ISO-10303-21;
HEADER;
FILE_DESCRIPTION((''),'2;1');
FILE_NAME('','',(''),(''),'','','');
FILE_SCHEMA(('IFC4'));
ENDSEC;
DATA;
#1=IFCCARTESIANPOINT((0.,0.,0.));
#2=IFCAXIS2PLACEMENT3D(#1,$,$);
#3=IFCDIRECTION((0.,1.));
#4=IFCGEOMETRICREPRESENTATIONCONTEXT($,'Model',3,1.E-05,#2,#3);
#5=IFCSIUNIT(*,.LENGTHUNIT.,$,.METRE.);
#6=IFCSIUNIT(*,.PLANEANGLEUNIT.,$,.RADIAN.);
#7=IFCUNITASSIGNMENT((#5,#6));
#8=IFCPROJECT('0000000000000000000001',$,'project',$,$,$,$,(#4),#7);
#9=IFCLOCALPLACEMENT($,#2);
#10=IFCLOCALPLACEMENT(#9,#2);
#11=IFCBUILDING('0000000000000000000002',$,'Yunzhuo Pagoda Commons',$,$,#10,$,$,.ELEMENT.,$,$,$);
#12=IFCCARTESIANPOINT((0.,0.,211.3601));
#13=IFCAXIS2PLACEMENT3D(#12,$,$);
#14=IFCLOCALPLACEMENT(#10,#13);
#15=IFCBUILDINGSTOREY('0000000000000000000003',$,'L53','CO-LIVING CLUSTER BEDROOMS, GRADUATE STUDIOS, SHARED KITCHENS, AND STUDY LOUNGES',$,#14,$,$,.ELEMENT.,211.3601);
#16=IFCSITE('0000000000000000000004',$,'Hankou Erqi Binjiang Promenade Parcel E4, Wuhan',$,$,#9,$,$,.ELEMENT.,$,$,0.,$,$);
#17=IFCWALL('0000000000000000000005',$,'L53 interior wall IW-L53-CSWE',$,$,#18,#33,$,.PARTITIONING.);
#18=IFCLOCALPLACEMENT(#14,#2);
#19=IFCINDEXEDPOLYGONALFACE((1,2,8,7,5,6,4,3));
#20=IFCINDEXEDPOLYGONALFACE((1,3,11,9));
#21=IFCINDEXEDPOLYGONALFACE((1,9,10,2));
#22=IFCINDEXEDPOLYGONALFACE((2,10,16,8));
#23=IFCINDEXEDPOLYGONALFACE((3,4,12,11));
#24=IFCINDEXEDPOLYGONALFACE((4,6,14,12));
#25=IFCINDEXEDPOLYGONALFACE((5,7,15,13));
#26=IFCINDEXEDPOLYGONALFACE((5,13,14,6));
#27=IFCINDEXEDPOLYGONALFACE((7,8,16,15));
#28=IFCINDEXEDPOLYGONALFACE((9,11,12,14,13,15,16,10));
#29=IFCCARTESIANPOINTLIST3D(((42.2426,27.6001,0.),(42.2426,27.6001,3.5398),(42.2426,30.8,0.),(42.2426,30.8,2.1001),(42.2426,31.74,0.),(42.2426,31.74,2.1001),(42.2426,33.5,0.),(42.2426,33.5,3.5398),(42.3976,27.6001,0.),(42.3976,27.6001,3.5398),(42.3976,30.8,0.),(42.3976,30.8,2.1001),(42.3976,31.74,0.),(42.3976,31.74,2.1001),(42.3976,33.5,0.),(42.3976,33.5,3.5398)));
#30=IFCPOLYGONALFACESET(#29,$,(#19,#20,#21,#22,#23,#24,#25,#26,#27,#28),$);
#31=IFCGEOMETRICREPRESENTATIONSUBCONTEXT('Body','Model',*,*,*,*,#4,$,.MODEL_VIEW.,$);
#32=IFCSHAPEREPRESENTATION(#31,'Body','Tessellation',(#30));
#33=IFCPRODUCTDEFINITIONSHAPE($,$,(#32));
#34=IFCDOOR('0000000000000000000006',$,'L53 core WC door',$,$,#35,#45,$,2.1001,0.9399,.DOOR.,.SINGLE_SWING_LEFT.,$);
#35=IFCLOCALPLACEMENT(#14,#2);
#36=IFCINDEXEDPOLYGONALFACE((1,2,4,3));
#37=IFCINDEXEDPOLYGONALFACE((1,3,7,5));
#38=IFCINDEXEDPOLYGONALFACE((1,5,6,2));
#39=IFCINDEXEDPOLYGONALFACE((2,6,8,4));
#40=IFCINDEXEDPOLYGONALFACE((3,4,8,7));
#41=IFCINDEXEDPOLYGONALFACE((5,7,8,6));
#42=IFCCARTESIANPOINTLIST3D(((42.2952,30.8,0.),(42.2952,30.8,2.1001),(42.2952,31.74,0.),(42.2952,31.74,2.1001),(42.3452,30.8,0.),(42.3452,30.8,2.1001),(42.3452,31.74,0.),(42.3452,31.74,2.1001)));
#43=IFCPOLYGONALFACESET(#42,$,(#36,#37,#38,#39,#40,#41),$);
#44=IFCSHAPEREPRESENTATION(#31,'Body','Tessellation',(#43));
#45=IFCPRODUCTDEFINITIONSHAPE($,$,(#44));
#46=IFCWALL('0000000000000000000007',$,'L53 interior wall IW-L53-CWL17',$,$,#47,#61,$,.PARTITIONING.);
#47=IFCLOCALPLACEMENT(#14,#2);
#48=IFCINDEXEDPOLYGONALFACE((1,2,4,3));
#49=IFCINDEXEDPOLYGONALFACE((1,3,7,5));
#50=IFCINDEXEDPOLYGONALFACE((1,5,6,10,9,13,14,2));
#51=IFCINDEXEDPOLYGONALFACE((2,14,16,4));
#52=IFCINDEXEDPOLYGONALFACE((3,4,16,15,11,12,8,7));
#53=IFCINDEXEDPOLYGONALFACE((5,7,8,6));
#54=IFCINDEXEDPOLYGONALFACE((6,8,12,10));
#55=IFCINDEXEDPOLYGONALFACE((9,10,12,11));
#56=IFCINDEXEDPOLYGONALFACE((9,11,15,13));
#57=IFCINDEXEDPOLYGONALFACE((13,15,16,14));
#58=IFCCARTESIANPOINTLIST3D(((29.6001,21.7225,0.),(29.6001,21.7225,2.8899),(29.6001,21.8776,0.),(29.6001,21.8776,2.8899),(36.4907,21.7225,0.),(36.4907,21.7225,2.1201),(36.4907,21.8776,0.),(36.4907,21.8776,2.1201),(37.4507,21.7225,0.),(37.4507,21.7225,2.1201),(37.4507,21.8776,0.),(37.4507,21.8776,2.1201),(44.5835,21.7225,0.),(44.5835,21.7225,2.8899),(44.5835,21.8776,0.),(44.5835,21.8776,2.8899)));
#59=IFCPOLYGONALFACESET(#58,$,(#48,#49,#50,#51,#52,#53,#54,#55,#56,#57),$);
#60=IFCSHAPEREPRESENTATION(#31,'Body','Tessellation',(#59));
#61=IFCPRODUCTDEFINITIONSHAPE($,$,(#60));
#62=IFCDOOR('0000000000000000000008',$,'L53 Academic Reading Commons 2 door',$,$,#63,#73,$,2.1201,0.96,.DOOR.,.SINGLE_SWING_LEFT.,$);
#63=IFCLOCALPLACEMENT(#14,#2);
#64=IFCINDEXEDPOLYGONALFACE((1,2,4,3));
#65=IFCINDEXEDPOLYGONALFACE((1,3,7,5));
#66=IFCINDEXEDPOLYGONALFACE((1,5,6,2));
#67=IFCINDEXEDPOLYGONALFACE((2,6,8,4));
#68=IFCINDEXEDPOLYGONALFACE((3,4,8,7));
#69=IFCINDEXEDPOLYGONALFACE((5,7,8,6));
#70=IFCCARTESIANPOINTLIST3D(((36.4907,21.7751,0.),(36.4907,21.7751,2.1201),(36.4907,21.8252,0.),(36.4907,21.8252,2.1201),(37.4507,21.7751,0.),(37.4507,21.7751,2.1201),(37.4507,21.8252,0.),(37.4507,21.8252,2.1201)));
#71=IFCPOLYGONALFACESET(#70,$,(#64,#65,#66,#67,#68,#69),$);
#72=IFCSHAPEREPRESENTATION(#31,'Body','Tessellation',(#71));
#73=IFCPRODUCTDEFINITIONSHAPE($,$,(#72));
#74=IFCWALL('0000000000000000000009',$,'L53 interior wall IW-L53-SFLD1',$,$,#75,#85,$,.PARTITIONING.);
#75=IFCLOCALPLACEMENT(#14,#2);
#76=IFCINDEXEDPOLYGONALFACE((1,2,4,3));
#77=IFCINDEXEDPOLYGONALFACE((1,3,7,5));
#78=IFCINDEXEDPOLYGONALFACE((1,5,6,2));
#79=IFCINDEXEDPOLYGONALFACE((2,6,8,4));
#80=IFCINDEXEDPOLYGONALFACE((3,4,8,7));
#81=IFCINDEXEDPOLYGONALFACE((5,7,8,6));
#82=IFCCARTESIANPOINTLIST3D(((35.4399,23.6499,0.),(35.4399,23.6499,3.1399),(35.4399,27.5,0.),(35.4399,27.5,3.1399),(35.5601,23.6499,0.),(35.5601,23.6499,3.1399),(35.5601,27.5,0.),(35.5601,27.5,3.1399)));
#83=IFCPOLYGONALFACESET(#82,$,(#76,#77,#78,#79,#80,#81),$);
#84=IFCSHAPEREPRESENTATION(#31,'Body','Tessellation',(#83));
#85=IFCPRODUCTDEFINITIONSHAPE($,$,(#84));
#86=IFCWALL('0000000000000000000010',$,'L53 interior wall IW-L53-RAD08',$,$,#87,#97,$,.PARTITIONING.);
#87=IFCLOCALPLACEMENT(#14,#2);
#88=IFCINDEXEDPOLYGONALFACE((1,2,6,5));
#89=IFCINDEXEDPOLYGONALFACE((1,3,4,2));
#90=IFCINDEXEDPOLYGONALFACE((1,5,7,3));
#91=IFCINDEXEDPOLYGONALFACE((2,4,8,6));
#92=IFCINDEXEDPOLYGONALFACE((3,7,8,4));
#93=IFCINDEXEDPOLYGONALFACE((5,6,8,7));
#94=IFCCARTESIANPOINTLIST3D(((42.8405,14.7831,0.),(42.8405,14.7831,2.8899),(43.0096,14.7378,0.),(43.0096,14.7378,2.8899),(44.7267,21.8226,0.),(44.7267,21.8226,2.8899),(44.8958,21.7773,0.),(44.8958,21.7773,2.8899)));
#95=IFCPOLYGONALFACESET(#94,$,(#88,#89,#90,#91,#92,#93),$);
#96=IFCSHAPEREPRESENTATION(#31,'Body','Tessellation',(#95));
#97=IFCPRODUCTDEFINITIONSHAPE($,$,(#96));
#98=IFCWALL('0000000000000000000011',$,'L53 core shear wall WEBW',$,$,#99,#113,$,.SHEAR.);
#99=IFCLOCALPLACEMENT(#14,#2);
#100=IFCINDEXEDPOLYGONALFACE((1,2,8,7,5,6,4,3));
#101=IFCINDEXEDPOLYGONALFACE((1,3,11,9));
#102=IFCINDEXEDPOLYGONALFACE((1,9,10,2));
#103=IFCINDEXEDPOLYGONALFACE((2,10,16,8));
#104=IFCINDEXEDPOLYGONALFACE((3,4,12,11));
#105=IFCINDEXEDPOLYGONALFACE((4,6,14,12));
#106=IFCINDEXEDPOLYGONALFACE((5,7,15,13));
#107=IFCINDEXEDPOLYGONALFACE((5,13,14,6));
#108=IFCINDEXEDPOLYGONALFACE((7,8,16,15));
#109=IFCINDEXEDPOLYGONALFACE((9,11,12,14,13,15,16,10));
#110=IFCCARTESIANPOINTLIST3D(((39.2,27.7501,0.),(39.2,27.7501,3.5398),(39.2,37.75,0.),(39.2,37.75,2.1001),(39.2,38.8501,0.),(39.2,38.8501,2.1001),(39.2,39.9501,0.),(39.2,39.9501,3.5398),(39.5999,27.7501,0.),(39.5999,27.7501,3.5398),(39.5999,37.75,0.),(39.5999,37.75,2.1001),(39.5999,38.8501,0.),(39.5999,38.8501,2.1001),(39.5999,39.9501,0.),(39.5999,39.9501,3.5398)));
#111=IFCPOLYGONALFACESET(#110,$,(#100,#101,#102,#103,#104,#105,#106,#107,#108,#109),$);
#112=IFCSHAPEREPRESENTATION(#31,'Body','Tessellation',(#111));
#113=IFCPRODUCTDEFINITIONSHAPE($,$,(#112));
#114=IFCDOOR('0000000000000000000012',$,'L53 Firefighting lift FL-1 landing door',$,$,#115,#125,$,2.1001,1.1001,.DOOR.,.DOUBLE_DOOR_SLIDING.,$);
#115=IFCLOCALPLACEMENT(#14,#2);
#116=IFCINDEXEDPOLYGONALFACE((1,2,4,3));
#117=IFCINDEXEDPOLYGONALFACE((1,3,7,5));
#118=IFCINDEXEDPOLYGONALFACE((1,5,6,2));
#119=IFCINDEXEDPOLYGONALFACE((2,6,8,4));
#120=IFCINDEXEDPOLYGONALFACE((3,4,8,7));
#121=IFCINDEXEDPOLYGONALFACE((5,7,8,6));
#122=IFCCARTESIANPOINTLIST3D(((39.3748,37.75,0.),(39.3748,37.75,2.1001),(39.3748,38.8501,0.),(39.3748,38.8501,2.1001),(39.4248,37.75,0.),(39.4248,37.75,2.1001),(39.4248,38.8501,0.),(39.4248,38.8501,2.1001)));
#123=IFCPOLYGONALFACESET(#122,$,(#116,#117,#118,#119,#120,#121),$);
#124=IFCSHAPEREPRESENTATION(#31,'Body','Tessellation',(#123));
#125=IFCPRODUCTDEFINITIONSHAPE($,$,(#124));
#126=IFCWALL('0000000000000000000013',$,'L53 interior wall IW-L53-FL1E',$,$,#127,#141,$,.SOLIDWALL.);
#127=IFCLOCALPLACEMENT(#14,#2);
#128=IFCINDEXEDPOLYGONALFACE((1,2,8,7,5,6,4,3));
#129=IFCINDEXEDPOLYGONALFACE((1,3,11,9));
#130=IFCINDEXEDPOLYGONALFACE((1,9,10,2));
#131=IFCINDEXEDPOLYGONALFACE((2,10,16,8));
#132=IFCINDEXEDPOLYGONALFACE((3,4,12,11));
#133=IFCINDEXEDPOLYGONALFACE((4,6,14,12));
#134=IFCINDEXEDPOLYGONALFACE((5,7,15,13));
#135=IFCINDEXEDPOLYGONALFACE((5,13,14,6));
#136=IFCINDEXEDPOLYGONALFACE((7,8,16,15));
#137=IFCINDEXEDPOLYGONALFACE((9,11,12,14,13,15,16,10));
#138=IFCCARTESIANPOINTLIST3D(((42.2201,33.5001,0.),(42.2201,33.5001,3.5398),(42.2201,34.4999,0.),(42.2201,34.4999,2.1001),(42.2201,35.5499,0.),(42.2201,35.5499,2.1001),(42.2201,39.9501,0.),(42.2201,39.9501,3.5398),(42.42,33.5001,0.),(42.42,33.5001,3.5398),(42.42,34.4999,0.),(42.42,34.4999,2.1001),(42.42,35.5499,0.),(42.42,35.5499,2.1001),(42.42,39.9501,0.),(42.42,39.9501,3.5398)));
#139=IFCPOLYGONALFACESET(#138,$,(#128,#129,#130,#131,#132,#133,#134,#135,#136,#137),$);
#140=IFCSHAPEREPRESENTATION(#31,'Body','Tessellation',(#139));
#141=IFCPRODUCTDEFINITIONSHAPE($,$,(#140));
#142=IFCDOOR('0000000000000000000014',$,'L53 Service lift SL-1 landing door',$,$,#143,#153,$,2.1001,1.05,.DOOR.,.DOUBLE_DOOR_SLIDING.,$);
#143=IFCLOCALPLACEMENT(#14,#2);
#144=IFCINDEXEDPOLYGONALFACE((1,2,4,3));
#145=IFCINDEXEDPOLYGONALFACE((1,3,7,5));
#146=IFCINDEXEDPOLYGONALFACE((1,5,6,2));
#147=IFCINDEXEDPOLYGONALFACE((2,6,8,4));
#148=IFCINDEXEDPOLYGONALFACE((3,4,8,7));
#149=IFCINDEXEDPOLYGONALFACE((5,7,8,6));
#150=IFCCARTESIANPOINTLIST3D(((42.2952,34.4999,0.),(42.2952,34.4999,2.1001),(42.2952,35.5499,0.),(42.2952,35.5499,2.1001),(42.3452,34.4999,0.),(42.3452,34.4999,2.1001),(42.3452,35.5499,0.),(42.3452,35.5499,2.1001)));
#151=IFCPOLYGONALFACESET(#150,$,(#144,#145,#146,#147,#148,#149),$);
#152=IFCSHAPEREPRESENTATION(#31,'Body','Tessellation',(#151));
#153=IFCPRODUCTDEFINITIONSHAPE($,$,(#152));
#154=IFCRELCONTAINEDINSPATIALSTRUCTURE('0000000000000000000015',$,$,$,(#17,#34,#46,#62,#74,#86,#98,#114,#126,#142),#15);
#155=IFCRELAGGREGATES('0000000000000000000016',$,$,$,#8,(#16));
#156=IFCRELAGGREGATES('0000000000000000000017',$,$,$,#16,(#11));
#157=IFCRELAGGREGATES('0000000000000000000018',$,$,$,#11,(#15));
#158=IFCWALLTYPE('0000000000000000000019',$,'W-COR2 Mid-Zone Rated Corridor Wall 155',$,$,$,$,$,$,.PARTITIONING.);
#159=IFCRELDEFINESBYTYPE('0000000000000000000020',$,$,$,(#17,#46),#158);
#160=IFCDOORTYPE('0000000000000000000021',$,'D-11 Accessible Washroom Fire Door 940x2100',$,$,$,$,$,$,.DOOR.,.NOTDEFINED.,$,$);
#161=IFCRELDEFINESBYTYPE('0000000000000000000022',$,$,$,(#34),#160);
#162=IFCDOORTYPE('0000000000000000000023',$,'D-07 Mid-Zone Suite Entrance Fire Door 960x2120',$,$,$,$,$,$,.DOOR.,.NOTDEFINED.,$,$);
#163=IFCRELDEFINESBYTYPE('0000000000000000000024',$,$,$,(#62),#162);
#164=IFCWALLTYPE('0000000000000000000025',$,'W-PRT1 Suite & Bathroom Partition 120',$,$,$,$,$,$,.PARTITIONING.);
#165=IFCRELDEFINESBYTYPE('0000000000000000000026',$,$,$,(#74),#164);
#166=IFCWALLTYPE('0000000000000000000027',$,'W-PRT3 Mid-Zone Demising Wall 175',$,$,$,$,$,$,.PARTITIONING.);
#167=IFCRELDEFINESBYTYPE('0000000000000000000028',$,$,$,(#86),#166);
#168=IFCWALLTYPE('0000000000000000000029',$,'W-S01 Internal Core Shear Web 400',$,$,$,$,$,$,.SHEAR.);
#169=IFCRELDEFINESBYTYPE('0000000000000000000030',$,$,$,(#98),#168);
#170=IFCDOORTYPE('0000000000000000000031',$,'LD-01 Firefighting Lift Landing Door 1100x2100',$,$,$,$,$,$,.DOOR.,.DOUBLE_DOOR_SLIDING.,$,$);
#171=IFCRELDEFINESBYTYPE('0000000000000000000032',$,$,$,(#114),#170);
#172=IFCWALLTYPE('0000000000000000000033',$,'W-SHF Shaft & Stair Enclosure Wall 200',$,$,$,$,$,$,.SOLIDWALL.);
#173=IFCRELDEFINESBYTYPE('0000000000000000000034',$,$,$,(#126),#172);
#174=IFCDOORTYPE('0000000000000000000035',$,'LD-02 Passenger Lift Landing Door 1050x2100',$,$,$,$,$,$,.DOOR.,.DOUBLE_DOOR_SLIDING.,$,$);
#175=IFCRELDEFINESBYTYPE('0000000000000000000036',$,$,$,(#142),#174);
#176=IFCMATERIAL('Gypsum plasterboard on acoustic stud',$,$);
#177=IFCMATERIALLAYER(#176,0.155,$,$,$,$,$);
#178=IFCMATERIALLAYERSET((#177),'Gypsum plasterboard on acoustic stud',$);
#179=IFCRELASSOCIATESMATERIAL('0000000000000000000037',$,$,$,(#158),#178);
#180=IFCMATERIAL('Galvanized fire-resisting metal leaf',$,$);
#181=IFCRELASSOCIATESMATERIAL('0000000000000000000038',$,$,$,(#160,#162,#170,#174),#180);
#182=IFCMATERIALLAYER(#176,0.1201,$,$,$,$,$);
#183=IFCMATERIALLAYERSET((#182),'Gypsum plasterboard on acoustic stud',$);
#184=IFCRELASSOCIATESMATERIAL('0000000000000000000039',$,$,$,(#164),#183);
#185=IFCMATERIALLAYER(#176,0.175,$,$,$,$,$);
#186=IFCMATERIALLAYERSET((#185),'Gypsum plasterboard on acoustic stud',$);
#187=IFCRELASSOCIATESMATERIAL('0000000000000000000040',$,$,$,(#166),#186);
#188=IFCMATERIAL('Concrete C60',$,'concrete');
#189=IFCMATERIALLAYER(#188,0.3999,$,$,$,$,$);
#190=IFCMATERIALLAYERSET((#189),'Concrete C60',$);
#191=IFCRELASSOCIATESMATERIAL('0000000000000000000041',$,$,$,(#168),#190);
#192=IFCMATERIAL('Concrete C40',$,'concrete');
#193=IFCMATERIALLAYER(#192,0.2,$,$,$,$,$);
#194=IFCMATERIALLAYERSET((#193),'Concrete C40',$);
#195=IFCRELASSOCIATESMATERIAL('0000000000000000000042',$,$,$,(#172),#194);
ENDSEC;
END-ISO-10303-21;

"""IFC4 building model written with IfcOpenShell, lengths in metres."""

from ifc_helpers import new_model, si_unit, direction, frame, frame_2d, origin, origin_with_axes, place, context, subcontext, project, spatial, rectangle, extrude, source, transform, mapped, material, layer, layer_set, type_object, element, fill, save


model = new_model("IFC4")

# Units and contexts
model_context = context("Model", 3, precision=1e-05, world=origin(), true_north=direction((0.0, 1.0)))
body_context = subcontext(model_context, "Body", "Model", "MODEL_VIEW")
ifc_project = project(units=[si_unit("LENGTHUNIT", "METRE"), si_unit("PLANEANGLEUNIT", "RADIAN")], contexts=[model_context])

# Site, building, storey
site_placement = place(None, origin())
site = spatial("IfcSite", under=ifc_project, at=site_placement, Name="Hankou Erqi Binjiang Promenade Parcel E4, Wuhan", CompositionType="ELEMENT", RefElevation=0.0)
building_placement = place(site_placement, origin())
building = spatial("IfcBuilding", under=site, at=building_placement, Name="Yunzhuo Pagoda Commons", CompositionType="ELEMENT")
storey_placement = place(building_placement, frame((0.0, 0.0, 211.3601)))
storey = spatial("IfcBuildingStorey", under=building, at=storey_placement, Name="L53", Description="CO-LIVING CLUSTER BEDROOMS, GRADUATE STUDIOS, SHARED KITCHENS, AND STUDY LOUNGES", CompositionType="ELEMENT", Elevation=211.3601)

# Walls, openings, doors
ifc_material_1 = material(Name="Gypsum plasterboard on acoustic stud")
ifc_layer_1 = layer(ifc_material_1, 0.155)
ifc_layer_set_1 = layer_set([ifc_layer_1], Name="Gypsum plasterboard on acoustic stud")
wall_type_1 = type_object("IfcWallType", Name="W-COR2 Mid-Zone Rated Corridor Wall 155", PredefinedType="PARTITIONING", material=ifc_layer_set_1)
wall_1_placement = place(storey_placement, frame((42.3201, 27.6001, 0.0), z_axis=(0.0, 0.0, 1.0), x_axis=(0.0, 1.0, 0.0)))
wall_1 = element("IfcWall", 1, at=wall_1_placement, inside=storey, type_object=wall_type_1, Name="L53 interior wall IW-L53-CSWE", PredefinedType="PARTITIONING", context=body_context, shape_type="SweptSolid", body=[
    extrude(rectangle(XDim=5.8999, YDim=0.155, at=frame_2d((2.95, 0.0))), origin(), (0.0, 0.0, 1.0), 3.5398),
])
opening_1_placement = place(wall_1_placement, frame((3.2, 0.0, 0.0)))
opening_1 = element("IfcOpeningElement", 2, at=opening_1_placement, cuts=wall_1, PredefinedType="OPENING", context=body_context, shape_type="SweptSolid", body=[
    extrude(rectangle(XDim=0.9399, YDim=2.1001, at=frame_2d((0.47, 1.05))), frame((0.0, 0.0874, 0.0), z_axis=(0.0, -1.0, 0.0), x_axis=(1.0, 0.0, 0.0)), (0.0, 0.0, 1.0), 0.175),
])
ifc_material_2 = material(Name="Galvanized fire-resisting metal leaf")
door_type_1 = type_object("IfcDoorType", Name="D-11 Accessible Washroom Fire Door 940x2100", OperationType="NOTDEFINED", PredefinedType="DOOR", material=ifc_material_2)
shared_shape_1 = source(origin(), body_context, "Body", "SweptSolid", [
    extrude(rectangle(XDim=0.9399, YDim=2.1001, at=frame_2d((0.47, 1.05))), frame((0.0, 0.0249, 0.0), z_axis=(0.0, -1.0, 0.0), x_axis=(1.0, 0.0, 0.0)), (0.0, 0.0, 1.0), 0.05),
])
door_1_placement = place(opening_1_placement, origin_with_axes())
door_1 = element("IfcDoor", 3, at=door_1_placement, inside=storey, type_object=door_type_1, Name="L53 core WC door", OperationType="SINGLE_SWING_LEFT", OverallHeight=2.1001, OverallWidth=0.9399, PredefinedType="DOOR", context=body_context, shape_type="MappedRepresentation", body=[
    mapped(shared_shape_1, transform((0.0, 0.0, 0.0), scale=1.0)),
])
fill(opening_1, door_1)
wall_2_placement = place(storey_placement, frame((44.5835, 21.8, 0.0), z_axis=(0.0, 0.0, 1.0), x_axis=(-1.0, 0.0, 0.0)))
wall_2 = element("IfcWall", 4, at=wall_2_placement, inside=storey, type_object=wall_type_1, Name="L53 interior wall IW-L53-CWL17", PredefinedType="PARTITIONING", context=body_context, shape_type="SweptSolid", body=[
    extrude(rectangle(XDim=14.9834, YDim=0.155, at=frame_2d((7.4917, 0.0))), origin(), (0.0, 0.0, 1.0), 2.8899),
])
opening_2_placement = place(wall_2_placement, frame((7.1328, 0.0, 0.0)))
opening_2 = element("IfcOpeningElement", 5, at=opening_2_placement, cuts=wall_2, PredefinedType="OPENING", context=body_context, shape_type="SweptSolid", body=[
    extrude(rectangle(XDim=0.96, YDim=2.1201, at=frame_2d((0.48, 1.0601))), frame((0.0, 0.0874, 0.0), z_axis=(0.0, -1.0, 0.0), x_axis=(1.0, 0.0, 0.0)), (0.0, 0.0, 1.0), 0.175),
])
door_type_2 = type_object("IfcDoorType", Name="D-07 Mid-Zone Suite Entrance Fire Door 960x2120", OperationType="NOTDEFINED", PredefinedType="DOOR", material=ifc_material_2)
shared_shape_2 = source(origin(), body_context, "Body", "SweptSolid", [
    extrude(rectangle(XDim=0.96, YDim=2.1201, at=frame_2d((0.48, 1.0601))), frame((0.0, 0.0249, 0.0), z_axis=(0.0, -1.0, 0.0), x_axis=(1.0, 0.0, 0.0)), (0.0, 0.0, 1.0), 0.05),
])
door_2_placement = place(opening_2_placement, origin_with_axes())
door_2 = element("IfcDoor", 6, at=door_2_placement, inside=storey, type_object=door_type_2, Name="L53 Academic Reading Commons 2 door", OperationType="SINGLE_SWING_LEFT", OverallHeight=2.1201, OverallWidth=0.96, PredefinedType="DOOR", context=body_context, shape_type="MappedRepresentation", body=[
    mapped(shared_shape_2, transform((0.0, 0.0, 0.0), scale=1.0)),
])
fill(opening_2, door_2)

# Walls
ifc_layer_2 = layer(ifc_material_1, 0.1201)
ifc_layer_set_2 = layer_set([ifc_layer_2], Name="Gypsum plasterboard on acoustic stud")
wall_type_2 = type_object("IfcWallType", Name="W-PRT1 Suite & Bathroom Partition 120", PredefinedType="PARTITIONING", material=ifc_layer_set_2)
wall_3_placement = place(storey_placement, frame((35.5, 23.6499, 0.0), z_axis=(0.0, 0.0, 1.0), x_axis=(0.0, 1.0, 0.0)))
element("IfcWall", 7, at=wall_3_placement, inside=storey, type_object=wall_type_2, Name="L53 interior wall IW-L53-SFLD1", PredefinedType="PARTITIONING", context=body_context, shape_type="SweptSolid", body=[
    extrude(rectangle(XDim=3.8501, YDim=0.1201, at=frame_2d((1.925, 0.0))), origin(), (0.0, 0.0, 1.0), 3.1399),
])
ifc_layer_3 = layer(ifc_material_1, 0.175)
ifc_layer_set_3 = layer_set([ifc_layer_3], Name="Gypsum plasterboard on acoustic stud")
wall_type_3 = type_object("IfcWallType", Name="W-PRT3 Mid-Zone Demising Wall 175", PredefinedType="PARTITIONING", material=ifc_layer_set_3)
wall_4_placement = place(storey_placement, frame((44.8113, 21.8, 0.0), z_axis=(0.0, 0.0, 1.0), x_axis=(-0.258818, -0.965926, 0.0)))
element("IfcWall", 8, at=wall_4_placement, inside=storey, type_object=wall_type_3, Name="L53 interior wall IW-L53-RAD08", PredefinedType="PARTITIONING", context=body_context, shape_type="SweptSolid", body=[
    extrude(rectangle(XDim=7.2878, YDim=0.175, at=frame_2d((3.644, 0.0))), origin(), (0.0, 0.0, 1.0), 2.8899),
])

# Walls, openings, doors
ifc_material_3 = material(Name="Concrete C60", Category="concrete")
ifc_layer_4 = layer(ifc_material_3, 0.3999)
ifc_layer_set_4 = layer_set([ifc_layer_4], Name="Concrete C60")
wall_type_4 = type_object("IfcWallType", Name="W-S01 Internal Core Shear Web 400", PredefinedType="SHEAR", material=ifc_layer_set_4)
wall_5_placement = place(storey_placement, frame((39.3999, 27.75, 0.0), z_axis=(0.0, 0.0, 1.0), x_axis=(0.0, 1.0, 0.0)))
wall_5 = element("IfcWall", 9, at=wall_5_placement, inside=storey, type_object=wall_type_4, Name="L53 core shear wall WEBW", PredefinedType="SHEAR", context=body_context, shape_type="SweptSolid", body=[
    extrude(rectangle(XDim=12.2, YDim=0.3999, at=frame_2d((6.1001, 0.0))), origin(), (0.0, 0.0, 1.0), 3.5398),
])
opening_3_placement = place(wall_5_placement, frame((10.0, 0.0, 0.0)))
opening_3 = element("IfcOpeningElement", 10, at=opening_3_placement, cuts=wall_5, PredefinedType="OPENING", context=body_context, shape_type="SweptSolid", body=[
    extrude(rectangle(XDim=1.1001, YDim=2.1001, at=frame_2d((0.55, 1.05))), frame((0.0, 0.21, 0.0), z_axis=(0.0, -1.0, 0.0), x_axis=(1.0, 0.0, 0.0)), (0.0, 0.0, 1.0), 0.4199),
])
door_type_3 = type_object("IfcDoorType", Name="LD-01 Firefighting Lift Landing Door 1100x2100", OperationType="DOUBLE_DOOR_SLIDING", PredefinedType="DOOR", material=ifc_material_2)
shared_shape_3 = source(origin(), body_context, "Body", "SweptSolid", [
    extrude(rectangle(XDim=1.1001, YDim=2.1001, at=frame_2d((0.55, 1.05))), frame((0.0, 0.0249, 0.0), z_axis=(0.0, -1.0, 0.0), x_axis=(1.0, 0.0, 0.0)), (0.0, 0.0, 1.0), 0.05),
])
door_3_placement = place(opening_3_placement, frame((1.1001, 0.0, 0.0), z_axis=(0.0, 0.0, 1.0), x_axis=(-1.0, 0.0, 0.0)))
door_3 = element("IfcDoor", 11, at=door_3_placement, inside=storey, type_object=door_type_3, Name="L53 Firefighting lift FL-1 landing door", OperationType="DOUBLE_DOOR_SLIDING", OverallHeight=2.1001, OverallWidth=1.1001, PredefinedType="DOOR", context=body_context, shape_type="MappedRepresentation", body=[
    mapped(shared_shape_3, transform((0.0, 0.0, 0.0), scale=1.0)),
])
fill(opening_3, door_3)
ifc_material_4 = material(Name="Concrete C40", Category="concrete")
ifc_layer_5 = layer(ifc_material_4, 0.2)
ifc_layer_set_5 = layer_set([ifc_layer_5], Name="Concrete C40")
wall_type_5 = type_object("IfcWallType", Name="W-SHF Shaft & Stair Enclosure Wall 200", PredefinedType="SOLIDWALL", material=ifc_layer_set_5)
wall_6_placement = place(storey_placement, frame((42.3201, 33.5, 0.0), z_axis=(0.0, 0.0, 1.0), x_axis=(0.0, 1.0, 0.0)))
wall_6 = element("IfcWall", 12, at=wall_6_placement, inside=storey, type_object=wall_type_5, Name="L53 interior wall IW-L53-FL1E", PredefinedType="SOLIDWALL", context=body_context, shape_type="SweptSolid", body=[
    extrude(rectangle(XDim=6.45, YDim=0.2, at=frame_2d((3.2251, 0.0))), origin(), (0.0, 0.0, 1.0), 3.5398),
])
opening_4_placement = place(wall_6_placement, frame((1.0, 0.0, 0.0)))
opening_4 = element("IfcOpeningElement", 13, at=opening_4_placement, cuts=wall_6, PredefinedType="OPENING", context=body_context, shape_type="SweptSolid", body=[
    extrude(rectangle(XDim=1.05, YDim=2.1001, at=frame_2d((0.5249, 1.05))), frame((0.0, 0.1099, 0.0), z_axis=(0.0, -1.0, 0.0), x_axis=(1.0, 0.0, 0.0)), (0.0, 0.0, 1.0), 0.22),
])
door_type_4 = type_object("IfcDoorType", Name="LD-02 Passenger Lift Landing Door 1050x2100", OperationType="DOUBLE_DOOR_SLIDING", PredefinedType="DOOR", material=ifc_material_2)
shared_shape_4 = source(origin(), body_context, "Body", "SweptSolid", [
    extrude(rectangle(XDim=1.05, YDim=2.1001, at=frame_2d((0.5249, 1.05))), frame((0.0, 0.0249, 0.0), z_axis=(0.0, -1.0, 0.0), x_axis=(1.0, 0.0, 0.0)), (0.0, 0.0, 1.0), 0.05),
])
door_4_placement = place(opening_4_placement, origin_with_axes())
door_4 = element("IfcDoor", 14, at=door_4_placement, inside=storey, type_object=door_type_4, Name="L53 Service lift SL-1 landing door", OperationType="DOUBLE_DOOR_SLIDING", OverallHeight=2.1001, OverallWidth=1.05, PredefinedType="DOOR", context=body_context, shape_type="MappedRepresentation", body=[
    mapped(shared_shape_4, transform((0.0, 0.0, 0.0), scale=1.0)),
])
fill(opening_4, door_4)

save(model, "model.ifc")
